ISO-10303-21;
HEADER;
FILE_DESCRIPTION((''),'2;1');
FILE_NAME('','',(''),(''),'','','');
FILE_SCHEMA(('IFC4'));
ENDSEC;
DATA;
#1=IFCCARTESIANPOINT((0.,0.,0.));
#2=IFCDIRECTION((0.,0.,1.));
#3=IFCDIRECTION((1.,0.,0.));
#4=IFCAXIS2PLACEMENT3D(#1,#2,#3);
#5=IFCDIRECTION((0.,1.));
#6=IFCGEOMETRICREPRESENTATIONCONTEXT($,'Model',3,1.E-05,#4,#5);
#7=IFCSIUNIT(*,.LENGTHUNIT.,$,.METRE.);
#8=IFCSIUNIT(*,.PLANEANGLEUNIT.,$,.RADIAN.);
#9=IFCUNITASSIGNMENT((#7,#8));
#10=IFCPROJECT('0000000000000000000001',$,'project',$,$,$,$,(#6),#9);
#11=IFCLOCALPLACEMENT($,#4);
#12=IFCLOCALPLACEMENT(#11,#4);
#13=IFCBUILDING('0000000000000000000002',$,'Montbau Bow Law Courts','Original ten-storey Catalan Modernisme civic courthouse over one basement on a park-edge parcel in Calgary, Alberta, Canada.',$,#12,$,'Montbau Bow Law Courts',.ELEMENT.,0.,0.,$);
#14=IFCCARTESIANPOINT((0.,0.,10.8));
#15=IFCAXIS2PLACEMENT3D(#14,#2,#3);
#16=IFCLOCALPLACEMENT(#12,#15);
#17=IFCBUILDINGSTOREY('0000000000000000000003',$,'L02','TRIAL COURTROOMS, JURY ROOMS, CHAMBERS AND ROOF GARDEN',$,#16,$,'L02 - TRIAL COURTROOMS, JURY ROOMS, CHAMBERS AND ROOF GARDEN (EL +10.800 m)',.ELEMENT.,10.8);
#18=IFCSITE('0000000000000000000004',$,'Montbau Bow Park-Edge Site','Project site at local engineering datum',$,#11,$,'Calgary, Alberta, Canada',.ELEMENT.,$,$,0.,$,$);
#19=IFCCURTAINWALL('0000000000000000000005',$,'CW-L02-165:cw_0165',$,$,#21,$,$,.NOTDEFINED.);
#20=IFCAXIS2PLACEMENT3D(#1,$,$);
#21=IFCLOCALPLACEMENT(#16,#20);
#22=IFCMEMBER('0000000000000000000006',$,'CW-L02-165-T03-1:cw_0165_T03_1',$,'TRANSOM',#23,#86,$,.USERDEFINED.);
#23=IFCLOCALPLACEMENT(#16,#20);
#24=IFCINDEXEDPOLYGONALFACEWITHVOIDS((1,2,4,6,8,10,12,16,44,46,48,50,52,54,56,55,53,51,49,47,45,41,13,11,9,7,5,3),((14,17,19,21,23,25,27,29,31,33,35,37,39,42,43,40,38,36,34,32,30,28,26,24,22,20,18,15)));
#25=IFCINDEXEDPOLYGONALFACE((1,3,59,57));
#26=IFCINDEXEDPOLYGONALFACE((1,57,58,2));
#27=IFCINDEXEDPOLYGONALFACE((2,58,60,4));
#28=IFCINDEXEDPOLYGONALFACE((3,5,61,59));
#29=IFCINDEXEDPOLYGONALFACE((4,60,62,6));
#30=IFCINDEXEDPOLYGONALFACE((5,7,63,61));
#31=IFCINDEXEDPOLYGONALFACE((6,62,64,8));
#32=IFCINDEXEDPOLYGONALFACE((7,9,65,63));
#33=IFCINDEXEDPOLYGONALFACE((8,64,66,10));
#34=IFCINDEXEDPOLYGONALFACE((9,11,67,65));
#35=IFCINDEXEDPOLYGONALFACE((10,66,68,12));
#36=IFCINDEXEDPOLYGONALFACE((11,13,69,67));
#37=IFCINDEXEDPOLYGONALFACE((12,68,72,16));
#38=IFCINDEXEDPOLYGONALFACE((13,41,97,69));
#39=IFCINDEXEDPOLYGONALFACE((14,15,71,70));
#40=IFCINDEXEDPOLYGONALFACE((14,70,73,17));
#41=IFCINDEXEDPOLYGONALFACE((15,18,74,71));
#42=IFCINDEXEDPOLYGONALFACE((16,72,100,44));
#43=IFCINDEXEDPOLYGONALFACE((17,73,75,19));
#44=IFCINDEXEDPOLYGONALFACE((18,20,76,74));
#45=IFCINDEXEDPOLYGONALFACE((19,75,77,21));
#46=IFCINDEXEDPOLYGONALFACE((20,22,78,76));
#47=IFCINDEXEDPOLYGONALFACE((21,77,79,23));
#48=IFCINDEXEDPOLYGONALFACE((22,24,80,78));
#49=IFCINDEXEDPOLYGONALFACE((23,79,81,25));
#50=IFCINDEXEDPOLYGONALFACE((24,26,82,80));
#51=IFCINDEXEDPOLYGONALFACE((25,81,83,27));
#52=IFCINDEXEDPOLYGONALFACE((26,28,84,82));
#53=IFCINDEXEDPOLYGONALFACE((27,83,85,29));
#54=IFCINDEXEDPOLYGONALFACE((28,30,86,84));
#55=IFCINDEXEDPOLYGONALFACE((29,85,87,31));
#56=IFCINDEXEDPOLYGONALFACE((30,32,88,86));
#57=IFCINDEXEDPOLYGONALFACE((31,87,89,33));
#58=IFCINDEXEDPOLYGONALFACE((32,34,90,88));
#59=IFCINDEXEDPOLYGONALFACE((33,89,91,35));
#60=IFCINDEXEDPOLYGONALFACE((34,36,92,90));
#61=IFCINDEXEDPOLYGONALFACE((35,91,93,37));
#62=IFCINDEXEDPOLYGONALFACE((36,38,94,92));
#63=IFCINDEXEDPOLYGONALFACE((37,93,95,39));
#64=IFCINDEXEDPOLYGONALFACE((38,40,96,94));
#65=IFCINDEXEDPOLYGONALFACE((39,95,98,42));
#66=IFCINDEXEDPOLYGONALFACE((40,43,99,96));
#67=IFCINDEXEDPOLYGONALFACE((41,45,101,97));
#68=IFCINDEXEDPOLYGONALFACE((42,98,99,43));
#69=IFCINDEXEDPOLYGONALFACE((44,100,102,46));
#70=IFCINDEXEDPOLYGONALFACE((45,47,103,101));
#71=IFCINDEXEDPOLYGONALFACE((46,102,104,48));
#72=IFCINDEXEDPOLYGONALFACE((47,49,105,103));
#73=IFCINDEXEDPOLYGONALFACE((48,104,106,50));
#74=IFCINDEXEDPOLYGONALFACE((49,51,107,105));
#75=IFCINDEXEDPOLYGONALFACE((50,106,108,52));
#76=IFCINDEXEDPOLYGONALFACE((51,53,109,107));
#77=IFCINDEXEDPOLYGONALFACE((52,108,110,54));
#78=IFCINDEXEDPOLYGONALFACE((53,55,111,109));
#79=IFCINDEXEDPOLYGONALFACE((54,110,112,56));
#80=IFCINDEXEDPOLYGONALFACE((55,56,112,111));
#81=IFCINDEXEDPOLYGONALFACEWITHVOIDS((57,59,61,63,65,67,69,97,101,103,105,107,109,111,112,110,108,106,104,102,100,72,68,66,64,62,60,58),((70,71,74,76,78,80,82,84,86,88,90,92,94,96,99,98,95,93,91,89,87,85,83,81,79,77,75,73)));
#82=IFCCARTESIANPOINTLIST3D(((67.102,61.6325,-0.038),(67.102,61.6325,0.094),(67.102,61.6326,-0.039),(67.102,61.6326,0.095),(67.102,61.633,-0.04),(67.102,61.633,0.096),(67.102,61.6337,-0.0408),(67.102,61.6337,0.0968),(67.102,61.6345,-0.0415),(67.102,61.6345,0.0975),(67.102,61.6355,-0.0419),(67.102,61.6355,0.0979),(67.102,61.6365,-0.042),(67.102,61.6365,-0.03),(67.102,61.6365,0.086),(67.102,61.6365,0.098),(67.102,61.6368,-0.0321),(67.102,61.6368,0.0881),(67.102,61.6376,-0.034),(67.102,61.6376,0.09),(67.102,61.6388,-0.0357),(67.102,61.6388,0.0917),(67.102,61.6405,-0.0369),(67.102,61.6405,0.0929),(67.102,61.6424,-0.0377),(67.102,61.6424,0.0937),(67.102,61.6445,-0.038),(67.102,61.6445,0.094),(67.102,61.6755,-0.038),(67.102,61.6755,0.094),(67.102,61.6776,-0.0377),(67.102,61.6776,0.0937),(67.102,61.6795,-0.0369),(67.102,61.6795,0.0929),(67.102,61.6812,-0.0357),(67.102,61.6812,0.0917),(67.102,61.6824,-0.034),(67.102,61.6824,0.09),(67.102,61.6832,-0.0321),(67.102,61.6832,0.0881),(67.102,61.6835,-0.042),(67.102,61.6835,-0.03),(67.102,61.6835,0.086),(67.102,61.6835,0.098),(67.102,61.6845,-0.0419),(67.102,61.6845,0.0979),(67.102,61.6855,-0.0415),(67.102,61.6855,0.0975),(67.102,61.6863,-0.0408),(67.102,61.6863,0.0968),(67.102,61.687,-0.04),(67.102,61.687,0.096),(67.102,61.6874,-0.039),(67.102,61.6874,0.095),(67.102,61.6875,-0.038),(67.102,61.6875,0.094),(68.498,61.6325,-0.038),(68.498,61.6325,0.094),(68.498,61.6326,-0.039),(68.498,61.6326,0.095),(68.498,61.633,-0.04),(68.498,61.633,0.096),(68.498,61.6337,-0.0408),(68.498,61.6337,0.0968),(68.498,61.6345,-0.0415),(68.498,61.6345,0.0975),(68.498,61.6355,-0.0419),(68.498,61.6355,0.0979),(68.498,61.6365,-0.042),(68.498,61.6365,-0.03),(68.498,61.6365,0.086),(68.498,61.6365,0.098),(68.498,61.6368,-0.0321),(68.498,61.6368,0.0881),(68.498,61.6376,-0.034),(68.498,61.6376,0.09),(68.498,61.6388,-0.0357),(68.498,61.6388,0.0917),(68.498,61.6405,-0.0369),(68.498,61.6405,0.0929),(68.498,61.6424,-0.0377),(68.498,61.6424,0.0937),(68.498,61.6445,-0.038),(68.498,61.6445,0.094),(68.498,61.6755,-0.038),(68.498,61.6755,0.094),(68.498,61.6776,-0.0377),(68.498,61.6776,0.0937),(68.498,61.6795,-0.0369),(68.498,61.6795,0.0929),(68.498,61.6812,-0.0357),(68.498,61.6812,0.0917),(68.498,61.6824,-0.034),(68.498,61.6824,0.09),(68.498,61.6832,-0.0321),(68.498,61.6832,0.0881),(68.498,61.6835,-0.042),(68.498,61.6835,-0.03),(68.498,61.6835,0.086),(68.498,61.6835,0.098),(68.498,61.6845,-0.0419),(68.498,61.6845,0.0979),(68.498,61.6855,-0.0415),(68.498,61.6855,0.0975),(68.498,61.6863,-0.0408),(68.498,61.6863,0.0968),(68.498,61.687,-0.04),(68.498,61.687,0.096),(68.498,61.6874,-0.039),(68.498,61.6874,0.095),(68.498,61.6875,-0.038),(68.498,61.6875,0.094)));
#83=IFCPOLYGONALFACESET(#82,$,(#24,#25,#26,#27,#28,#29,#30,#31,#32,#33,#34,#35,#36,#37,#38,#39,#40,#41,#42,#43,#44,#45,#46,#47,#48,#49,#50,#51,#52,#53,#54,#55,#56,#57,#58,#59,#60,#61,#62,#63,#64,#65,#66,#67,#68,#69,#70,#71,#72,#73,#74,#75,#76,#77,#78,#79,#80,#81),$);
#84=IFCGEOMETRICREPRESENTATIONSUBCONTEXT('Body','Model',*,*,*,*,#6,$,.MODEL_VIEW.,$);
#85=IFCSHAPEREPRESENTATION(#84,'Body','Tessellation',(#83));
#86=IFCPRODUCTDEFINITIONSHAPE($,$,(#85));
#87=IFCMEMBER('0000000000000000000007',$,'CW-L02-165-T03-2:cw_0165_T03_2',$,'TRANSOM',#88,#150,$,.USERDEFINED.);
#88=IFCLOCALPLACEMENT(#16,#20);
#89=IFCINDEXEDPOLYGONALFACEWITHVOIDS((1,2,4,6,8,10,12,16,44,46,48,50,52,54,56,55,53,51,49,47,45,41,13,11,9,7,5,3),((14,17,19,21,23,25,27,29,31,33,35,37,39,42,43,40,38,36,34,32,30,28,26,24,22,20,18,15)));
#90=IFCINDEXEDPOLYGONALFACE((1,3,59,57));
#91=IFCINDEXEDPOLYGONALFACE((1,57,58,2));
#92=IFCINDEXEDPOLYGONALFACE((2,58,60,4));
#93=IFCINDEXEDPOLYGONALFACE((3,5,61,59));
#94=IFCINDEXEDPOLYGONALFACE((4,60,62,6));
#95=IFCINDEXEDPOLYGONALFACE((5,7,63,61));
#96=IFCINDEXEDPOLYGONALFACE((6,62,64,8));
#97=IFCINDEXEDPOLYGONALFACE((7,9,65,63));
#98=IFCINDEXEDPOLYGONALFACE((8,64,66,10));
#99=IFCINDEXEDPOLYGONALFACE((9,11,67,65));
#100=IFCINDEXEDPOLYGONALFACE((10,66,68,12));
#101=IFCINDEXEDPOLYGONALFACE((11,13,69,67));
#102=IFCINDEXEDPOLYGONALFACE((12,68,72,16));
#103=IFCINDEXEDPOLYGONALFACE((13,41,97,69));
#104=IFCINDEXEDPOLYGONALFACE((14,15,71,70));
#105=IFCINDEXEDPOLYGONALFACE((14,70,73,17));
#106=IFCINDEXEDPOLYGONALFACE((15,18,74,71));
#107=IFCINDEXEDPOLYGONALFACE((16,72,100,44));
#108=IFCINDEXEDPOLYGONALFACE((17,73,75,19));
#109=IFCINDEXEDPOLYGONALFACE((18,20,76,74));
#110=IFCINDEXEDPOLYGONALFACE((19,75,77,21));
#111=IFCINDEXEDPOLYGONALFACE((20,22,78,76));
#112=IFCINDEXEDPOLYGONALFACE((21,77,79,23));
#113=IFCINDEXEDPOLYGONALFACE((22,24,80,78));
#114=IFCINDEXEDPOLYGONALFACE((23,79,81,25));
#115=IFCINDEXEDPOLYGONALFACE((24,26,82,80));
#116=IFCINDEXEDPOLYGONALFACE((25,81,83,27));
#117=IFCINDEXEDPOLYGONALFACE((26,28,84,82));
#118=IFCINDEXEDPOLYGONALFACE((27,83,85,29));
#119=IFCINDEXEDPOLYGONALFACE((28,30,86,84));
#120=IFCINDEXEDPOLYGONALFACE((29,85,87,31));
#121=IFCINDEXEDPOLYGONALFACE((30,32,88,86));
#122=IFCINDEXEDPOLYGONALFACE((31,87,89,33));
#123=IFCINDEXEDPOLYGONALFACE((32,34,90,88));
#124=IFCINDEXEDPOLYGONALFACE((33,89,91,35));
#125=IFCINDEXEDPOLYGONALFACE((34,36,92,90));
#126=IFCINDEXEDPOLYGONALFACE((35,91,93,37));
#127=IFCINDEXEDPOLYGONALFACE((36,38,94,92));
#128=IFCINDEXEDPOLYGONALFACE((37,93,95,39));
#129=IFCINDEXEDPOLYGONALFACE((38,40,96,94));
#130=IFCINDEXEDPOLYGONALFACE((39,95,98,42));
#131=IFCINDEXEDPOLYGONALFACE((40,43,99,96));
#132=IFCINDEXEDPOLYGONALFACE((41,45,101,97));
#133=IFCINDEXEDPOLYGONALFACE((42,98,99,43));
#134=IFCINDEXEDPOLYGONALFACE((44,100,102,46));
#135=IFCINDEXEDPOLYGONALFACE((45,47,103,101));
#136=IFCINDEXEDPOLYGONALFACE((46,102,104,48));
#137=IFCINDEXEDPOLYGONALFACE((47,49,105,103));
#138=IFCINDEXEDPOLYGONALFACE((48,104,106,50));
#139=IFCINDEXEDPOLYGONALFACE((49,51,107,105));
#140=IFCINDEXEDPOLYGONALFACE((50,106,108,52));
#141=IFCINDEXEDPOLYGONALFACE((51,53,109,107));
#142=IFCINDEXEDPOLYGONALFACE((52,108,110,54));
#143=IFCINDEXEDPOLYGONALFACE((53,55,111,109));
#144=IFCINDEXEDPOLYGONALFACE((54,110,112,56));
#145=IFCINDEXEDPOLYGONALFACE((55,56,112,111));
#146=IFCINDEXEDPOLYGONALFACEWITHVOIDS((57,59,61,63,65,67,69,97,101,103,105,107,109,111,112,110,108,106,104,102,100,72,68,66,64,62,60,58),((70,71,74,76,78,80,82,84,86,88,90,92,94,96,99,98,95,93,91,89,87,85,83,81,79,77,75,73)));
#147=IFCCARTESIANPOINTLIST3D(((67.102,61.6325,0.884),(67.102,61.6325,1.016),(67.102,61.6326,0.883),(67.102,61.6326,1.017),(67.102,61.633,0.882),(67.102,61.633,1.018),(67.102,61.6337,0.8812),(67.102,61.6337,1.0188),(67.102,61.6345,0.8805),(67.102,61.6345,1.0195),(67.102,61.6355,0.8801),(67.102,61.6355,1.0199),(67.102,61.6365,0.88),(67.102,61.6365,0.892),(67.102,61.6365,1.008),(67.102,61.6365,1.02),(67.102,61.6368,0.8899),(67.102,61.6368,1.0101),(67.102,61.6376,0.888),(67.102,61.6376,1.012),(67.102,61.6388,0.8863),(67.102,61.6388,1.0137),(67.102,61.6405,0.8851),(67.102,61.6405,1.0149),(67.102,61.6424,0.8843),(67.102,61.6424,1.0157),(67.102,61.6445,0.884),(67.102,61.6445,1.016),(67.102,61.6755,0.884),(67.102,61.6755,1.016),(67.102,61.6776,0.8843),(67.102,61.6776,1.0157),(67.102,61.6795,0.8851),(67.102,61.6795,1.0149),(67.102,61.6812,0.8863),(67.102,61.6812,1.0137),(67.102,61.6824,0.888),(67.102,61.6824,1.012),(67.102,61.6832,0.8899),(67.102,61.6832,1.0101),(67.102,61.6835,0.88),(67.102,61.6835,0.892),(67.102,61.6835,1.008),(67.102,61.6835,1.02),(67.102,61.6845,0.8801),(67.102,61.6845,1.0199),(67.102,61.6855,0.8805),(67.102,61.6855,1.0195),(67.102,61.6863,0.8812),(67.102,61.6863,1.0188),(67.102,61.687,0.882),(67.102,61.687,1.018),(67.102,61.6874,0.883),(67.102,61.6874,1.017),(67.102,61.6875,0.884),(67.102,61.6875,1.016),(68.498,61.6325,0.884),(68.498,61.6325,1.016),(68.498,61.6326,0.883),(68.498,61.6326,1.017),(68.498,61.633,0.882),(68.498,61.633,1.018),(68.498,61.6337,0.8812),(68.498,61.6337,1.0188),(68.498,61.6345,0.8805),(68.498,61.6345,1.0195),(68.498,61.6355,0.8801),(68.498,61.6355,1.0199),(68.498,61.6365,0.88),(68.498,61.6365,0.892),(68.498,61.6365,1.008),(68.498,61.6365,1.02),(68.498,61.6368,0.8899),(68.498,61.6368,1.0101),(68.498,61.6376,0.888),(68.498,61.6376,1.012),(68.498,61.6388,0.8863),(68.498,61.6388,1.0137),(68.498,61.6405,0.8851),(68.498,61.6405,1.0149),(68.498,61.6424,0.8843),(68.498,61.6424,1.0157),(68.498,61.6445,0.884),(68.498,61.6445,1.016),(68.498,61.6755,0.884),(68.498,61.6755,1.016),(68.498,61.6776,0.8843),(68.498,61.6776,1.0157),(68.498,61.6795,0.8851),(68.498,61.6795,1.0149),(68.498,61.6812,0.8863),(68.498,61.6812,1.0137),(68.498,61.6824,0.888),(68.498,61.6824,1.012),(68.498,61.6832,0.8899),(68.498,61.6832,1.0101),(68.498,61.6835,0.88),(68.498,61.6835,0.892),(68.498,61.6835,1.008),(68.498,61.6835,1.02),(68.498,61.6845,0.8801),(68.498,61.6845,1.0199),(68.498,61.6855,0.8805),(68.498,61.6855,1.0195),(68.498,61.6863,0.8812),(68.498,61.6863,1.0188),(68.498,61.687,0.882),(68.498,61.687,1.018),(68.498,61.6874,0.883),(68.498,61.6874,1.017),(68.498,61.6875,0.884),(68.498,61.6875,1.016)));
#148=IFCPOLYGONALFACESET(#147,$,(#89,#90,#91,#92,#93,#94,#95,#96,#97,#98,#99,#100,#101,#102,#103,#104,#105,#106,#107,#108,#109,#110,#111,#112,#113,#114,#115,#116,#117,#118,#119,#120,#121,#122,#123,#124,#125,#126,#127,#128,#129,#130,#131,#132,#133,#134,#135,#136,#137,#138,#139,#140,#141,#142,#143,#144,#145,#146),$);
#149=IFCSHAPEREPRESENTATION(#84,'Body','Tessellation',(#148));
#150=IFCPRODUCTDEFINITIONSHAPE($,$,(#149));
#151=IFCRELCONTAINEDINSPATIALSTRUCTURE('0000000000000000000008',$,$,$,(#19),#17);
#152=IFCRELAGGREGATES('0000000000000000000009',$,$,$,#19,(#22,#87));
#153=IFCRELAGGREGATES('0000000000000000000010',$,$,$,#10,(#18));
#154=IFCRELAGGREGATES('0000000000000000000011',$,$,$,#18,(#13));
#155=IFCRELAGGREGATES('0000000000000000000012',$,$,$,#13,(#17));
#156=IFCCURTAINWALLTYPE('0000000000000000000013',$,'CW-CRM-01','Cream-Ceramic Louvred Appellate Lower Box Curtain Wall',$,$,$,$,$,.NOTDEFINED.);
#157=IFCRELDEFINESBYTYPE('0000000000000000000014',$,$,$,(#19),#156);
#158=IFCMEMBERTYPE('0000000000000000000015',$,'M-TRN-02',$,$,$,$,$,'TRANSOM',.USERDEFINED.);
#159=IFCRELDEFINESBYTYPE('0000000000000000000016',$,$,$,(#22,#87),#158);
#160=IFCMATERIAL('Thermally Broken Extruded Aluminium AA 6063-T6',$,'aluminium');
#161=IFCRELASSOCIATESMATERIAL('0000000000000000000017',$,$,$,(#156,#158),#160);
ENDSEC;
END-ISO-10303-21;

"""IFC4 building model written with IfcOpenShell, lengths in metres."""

from ifc_helpers import new_model, si_unit, direction, frame, origin_with_axes, origin_2d_with_axis, place, context, subcontext, project, spatial, hollow_rectangle, extrude, material, material_profile, profile_set, type_object, element, aggregate, save


model = new_model("IFC4")

# Units and contexts
model_context = context("Model", 3, precision=1e-05, world=origin_with_axes(), true_north=direction((0.0, 1.0)))
body_context = subcontext(model_context, "Body", "Model", "MODEL_VIEW")
ifc_project = project(units=[si_unit("LENGTHUNIT", "METRE"), si_unit("PLANEANGLEUNIT", "RADIAN")], contexts=[model_context])

# Site, building, storey
site_placement = place(None, origin_with_axes())
site = spatial("IfcSite", under=ifc_project, at=site_placement, Name="Montbau Bow Park-Edge Site", Description="Project site at local engineering datum", LongName="Calgary, Alberta, Canada", CompositionType="ELEMENT", RefElevation=0.0)
building_placement = place(site_placement, origin_with_axes())
building = spatial("IfcBuilding", under=site, at=building_placement, Name="Montbau Bow Law Courts", Description="Original ten-storey Catalan Modernisme civic courthouse over one basement on a park-edge parcel in Calgary, Alberta, Canada.", LongName="Montbau Bow Law Courts", CompositionType="ELEMENT", ElevationOfRefHeight=0.0, ElevationOfTerrain=0.0)
storey_placement = place(building_placement, frame((0.0, 0.0, 10.8), z_axis=(0.0, 0.0, 1.0), x_axis=(1.0, 0.0, 0.0)))
storey = spatial("IfcBuildingStorey", under=building, at=storey_placement, Name="L02", Description="TRIAL COURTROOMS, JURY ROOMS, CHAMBERS AND ROOF GARDEN", LongName="L02 - TRIAL COURTROOMS, JURY ROOMS, CHAMBERS AND ROOF GARDEN (EL +10.800 m)", CompositionType="ELEMENT", Elevation=10.8)

# Curtain wall, members
ifc_material_1 = material(Name="Thermally Broken Extruded Aluminium AA 6063-T6", Category="aluminium")
curtain_wall_type = type_object("IfcCurtainWallType", Name="CW-CRM-01", Description="Cream-Ceramic Louvred Appellate Lower Box Curtain Wall", PredefinedType="NOTDEFINED", material=ifc_material_1)
curtain_wall_placement = place(None, frame((64.115, 61.66, 10.8), z_axis=(0.0, 0.0, 1.0), x_axis=(1.0, 0.0, 0.0)))
curtain_wall = element("IfcCurtainWall", 1, at=curtain_wall_placement, inside=storey, type_object=curtain_wall_type, Name="CW-L02-165:cw_0165", PredefinedType="NOTDEFINED")
ifc_material_profile_1 = material_profile(ifc_material_1, hollow_rectangle(XDim=0.055, YDim=0.14, WallThickness=0.004, InnerFilletRadius=0.008, OuterFilletRadius=0.004, at=origin_2d_with_axis()), Name="CWT-140X55", Category="Main", Priority=0)
ifc_profile_set_1 = profile_set([ifc_material_profile_1], Name="Thermally Broken Extruded Aluminium AA 6063-T6")
member_type_1 = type_object("IfcMemberType", Name="M-TRN-02", ElementType="TRANSOM", PredefinedType="USERDEFINED", material=ifc_profile_set_1)
member_1_placement = place(None, frame((67.102, 61.66, 10.828), z_axis=(1.0, 0.0, 0.0), x_axis=(0.0, 1.0, 0.0)))
member_1 = element("IfcMember", 2, at=member_1_placement, type_object=member_type_1, Name="CW-L02-165-T03-1:cw_0165_T03_1", ObjectType="TRANSOM", PredefinedType="USERDEFINED", context=body_context, shape_type="SweptSolid", body=[
    extrude(hollow_rectangle(XDim=0.055, YDim=0.14, WallThickness=0.004, InnerFilletRadius=0.008, OuterFilletRadius=0.004, at=origin_2d_with_axis()), origin_with_axes(), (0.0, 0.0, 1.0), 1.396),
])
member_2_placement = place(None, frame((67.102, 61.66, 11.75), z_axis=(1.0, 0.0, 0.0), x_axis=(0.0, 1.0, 0.0)))
member_2 = element("IfcMember", 3, at=member_2_placement, type_object=member_type_1, Name="CW-L02-165-T03-2:cw_0165_T03_2", ObjectType="TRANSOM", PredefinedType="USERDEFINED", context=body_context, shape_type="SweptSolid", body=[
    extrude(hollow_rectangle(XDim=0.055, YDim=0.14, WallThickness=0.004, InnerFilletRadius=0.008, OuterFilletRadius=0.004, at=origin_2d_with_axis()), origin_with_axes(), (0.0, 0.0, 1.0), 1.396),
])
aggregate(curtain_wall, [member_1, member_2])

save(model, "model.ifc")
